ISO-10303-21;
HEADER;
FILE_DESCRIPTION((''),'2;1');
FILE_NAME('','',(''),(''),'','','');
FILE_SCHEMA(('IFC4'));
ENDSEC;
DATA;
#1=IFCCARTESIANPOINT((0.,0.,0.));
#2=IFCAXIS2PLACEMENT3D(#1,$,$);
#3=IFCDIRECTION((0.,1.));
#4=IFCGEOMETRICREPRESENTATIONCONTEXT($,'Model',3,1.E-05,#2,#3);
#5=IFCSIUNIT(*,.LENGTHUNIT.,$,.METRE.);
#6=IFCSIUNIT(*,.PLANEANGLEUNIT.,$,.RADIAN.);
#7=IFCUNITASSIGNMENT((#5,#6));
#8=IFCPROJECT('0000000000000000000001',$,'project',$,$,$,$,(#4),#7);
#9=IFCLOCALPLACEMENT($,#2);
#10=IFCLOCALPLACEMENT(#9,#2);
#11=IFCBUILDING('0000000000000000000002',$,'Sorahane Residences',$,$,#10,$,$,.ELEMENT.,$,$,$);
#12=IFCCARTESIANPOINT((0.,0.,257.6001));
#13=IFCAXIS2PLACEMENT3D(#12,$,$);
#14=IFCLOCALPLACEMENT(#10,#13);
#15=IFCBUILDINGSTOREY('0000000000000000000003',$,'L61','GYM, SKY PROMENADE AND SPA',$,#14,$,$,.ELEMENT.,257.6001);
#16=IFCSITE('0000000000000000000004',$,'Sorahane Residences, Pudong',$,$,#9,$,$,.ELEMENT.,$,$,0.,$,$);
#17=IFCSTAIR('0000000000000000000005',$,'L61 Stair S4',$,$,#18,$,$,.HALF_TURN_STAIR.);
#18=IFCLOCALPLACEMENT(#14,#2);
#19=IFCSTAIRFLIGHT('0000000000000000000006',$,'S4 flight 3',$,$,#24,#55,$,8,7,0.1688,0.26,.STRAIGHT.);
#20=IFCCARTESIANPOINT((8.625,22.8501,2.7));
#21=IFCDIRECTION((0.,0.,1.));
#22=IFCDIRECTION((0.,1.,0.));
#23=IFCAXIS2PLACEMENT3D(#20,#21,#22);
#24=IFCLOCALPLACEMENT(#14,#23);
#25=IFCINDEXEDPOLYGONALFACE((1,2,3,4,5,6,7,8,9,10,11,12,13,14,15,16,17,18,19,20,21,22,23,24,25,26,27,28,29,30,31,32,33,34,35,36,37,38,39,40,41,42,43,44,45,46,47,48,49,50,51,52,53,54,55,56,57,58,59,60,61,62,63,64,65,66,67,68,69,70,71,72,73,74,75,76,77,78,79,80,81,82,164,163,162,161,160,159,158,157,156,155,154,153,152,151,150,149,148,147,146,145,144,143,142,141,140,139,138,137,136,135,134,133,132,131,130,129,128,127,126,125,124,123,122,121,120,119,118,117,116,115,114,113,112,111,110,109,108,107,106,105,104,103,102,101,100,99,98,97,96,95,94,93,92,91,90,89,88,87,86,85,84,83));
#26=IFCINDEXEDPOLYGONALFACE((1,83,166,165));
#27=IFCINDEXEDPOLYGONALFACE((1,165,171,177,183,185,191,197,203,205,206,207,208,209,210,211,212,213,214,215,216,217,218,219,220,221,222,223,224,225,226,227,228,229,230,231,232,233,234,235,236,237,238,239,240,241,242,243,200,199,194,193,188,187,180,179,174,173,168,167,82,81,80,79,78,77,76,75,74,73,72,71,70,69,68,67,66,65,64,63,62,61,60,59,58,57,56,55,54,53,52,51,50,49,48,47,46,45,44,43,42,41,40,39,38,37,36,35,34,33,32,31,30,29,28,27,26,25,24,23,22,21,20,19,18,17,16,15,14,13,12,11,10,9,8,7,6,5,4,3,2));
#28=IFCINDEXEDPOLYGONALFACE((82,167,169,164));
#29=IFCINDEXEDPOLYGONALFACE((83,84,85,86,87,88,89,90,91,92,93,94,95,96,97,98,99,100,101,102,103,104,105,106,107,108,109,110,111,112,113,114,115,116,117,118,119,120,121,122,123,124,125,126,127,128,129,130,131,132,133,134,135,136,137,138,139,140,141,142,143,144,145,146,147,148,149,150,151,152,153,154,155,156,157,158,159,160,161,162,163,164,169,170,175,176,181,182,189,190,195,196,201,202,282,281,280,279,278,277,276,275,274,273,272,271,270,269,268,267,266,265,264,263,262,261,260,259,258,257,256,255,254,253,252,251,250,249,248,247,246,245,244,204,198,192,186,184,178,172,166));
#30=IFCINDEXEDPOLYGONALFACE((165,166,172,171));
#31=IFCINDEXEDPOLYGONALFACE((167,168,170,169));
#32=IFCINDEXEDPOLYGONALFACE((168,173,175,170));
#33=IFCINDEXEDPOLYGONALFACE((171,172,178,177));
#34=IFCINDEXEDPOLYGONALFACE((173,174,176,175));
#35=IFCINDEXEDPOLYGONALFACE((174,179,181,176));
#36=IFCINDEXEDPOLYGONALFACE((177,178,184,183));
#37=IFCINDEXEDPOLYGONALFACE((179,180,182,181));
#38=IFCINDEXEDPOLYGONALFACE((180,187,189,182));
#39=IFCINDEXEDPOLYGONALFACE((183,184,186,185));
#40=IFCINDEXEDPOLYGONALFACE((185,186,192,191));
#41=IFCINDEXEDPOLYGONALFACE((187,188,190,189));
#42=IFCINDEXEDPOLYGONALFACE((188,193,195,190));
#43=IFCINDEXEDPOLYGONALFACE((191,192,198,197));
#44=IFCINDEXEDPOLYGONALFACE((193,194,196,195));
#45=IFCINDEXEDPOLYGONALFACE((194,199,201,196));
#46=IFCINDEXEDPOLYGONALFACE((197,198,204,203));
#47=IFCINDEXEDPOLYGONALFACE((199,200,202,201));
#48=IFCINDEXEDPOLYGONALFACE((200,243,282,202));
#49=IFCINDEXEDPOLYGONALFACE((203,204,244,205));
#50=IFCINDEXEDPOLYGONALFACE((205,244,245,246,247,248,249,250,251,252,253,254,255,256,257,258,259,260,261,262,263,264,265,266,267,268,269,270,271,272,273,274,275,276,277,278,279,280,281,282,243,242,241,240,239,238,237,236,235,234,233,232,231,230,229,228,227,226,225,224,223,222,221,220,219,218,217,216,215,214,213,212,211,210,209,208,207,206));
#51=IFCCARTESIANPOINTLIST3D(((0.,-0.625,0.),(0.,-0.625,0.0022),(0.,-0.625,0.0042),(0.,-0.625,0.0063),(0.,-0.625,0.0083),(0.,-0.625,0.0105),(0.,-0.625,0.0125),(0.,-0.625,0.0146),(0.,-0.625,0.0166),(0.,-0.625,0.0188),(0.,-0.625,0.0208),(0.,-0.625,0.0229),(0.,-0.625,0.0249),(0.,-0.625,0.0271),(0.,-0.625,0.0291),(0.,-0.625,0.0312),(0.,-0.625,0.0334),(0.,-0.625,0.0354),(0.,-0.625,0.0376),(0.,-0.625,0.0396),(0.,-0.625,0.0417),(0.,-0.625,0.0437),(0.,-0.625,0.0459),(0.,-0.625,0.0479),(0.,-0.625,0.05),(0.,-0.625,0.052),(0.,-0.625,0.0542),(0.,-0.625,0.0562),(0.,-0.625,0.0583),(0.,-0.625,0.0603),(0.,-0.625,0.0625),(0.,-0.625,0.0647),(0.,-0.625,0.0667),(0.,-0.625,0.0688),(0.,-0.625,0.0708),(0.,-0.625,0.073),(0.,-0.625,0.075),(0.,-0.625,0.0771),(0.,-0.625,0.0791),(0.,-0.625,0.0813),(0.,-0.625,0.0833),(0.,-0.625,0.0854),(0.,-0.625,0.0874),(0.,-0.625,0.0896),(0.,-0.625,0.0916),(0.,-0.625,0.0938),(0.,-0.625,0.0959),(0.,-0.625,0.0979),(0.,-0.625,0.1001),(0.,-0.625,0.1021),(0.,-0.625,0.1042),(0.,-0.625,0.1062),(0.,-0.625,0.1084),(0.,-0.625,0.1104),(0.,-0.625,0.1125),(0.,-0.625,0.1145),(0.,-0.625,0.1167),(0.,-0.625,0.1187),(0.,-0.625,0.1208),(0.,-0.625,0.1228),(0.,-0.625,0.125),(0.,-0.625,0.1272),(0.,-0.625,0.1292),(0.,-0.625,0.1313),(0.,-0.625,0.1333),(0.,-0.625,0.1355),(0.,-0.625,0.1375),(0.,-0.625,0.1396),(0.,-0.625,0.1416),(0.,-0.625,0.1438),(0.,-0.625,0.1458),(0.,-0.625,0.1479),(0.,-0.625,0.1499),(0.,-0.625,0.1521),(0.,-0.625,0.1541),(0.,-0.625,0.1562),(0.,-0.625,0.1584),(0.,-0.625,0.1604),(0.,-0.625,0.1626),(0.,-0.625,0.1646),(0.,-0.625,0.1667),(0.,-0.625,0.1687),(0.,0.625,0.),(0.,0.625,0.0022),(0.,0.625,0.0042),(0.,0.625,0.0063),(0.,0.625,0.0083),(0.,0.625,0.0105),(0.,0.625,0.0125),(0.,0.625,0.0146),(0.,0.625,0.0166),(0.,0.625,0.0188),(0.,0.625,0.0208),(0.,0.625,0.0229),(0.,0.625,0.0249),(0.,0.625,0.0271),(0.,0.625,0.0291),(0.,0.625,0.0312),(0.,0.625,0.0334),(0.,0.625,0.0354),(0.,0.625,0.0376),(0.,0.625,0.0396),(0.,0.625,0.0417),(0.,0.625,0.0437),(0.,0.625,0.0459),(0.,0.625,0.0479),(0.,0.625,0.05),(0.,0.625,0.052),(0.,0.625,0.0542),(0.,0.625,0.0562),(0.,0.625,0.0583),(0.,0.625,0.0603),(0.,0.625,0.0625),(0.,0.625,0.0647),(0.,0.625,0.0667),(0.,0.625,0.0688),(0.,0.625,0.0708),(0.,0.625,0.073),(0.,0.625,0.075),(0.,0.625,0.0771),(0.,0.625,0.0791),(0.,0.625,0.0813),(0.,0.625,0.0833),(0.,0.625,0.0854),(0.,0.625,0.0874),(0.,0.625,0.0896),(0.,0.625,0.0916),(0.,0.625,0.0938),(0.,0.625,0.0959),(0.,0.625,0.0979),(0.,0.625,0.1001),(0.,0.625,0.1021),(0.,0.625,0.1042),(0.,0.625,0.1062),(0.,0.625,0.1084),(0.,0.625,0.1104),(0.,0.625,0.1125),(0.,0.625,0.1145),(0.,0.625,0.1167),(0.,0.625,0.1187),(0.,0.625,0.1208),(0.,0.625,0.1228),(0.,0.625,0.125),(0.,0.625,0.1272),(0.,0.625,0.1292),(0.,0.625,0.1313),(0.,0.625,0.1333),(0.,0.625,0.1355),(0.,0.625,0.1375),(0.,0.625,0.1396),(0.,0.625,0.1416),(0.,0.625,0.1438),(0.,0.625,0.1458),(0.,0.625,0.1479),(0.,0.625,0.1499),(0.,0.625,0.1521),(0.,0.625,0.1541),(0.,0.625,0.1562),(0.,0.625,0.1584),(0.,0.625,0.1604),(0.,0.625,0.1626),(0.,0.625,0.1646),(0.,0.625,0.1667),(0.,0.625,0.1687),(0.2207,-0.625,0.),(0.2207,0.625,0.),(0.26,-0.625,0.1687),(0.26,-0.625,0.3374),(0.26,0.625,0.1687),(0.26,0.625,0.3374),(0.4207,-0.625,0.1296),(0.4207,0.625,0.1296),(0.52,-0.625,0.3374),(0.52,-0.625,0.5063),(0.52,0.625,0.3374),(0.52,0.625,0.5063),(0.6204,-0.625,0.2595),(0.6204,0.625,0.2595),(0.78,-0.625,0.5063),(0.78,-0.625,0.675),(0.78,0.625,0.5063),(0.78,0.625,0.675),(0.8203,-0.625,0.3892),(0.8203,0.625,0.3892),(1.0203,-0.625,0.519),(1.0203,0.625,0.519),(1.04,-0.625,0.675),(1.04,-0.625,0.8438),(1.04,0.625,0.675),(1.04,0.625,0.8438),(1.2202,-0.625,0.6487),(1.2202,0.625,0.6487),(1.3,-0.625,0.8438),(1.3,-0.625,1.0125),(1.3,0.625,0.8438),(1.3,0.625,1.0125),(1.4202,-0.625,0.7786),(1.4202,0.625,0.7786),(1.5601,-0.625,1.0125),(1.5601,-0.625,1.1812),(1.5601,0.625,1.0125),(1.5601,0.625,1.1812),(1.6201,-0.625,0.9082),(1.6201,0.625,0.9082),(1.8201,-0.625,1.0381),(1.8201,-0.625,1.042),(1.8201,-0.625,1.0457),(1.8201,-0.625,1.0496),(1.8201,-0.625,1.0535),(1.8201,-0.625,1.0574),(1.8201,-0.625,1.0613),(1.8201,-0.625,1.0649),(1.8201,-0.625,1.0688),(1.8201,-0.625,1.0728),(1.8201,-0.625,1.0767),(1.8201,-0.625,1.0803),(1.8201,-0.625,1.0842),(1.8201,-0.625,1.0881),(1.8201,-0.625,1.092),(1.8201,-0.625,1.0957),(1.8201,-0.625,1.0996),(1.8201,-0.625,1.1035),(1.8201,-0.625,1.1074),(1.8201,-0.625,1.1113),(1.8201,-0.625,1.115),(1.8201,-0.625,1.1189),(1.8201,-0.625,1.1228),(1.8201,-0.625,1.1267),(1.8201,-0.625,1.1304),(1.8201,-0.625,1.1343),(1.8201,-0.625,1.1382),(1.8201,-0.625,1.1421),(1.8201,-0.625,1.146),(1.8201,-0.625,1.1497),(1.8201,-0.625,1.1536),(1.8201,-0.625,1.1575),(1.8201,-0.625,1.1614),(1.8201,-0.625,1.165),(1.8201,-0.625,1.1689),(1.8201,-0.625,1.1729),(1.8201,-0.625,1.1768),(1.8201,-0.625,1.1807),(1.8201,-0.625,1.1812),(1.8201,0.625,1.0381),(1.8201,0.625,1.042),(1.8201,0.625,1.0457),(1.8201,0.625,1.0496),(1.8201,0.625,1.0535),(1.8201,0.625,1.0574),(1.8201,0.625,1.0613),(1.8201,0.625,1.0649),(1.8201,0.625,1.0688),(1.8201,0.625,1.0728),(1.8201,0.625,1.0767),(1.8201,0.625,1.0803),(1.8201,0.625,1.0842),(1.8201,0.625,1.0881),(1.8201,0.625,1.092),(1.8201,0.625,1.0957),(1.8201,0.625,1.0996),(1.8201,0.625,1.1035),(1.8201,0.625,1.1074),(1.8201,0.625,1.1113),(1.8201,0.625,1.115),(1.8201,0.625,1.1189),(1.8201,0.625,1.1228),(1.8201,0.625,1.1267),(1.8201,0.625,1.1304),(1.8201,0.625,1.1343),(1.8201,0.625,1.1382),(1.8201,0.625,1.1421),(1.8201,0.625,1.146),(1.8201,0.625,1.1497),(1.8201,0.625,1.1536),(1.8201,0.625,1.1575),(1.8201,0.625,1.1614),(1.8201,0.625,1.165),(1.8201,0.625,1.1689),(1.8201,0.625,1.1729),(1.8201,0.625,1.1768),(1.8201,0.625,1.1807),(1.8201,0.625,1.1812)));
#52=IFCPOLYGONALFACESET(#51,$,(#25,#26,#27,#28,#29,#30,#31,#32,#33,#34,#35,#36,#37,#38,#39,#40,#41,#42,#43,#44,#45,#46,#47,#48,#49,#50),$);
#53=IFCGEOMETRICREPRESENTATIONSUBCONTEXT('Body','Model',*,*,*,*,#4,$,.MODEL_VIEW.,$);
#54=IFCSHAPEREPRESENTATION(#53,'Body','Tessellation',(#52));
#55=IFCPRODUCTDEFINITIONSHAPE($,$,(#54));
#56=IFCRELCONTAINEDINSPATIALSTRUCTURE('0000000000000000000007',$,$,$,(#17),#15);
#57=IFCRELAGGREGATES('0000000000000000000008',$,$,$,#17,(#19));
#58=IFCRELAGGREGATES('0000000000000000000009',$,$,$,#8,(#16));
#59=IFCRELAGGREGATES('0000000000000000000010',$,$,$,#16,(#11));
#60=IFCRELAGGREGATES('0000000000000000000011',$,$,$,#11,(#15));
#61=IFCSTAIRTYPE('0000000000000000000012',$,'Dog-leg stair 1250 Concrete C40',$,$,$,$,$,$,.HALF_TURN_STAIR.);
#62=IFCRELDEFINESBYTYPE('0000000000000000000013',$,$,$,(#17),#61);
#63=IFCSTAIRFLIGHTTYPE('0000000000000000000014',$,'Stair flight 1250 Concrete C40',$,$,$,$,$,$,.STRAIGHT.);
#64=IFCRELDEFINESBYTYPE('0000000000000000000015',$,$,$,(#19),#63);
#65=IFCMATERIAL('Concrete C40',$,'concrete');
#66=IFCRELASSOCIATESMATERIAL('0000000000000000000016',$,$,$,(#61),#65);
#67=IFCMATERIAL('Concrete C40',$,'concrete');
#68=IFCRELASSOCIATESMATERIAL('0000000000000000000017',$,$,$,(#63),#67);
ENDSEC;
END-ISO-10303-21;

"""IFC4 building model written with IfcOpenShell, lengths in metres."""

from ifc_helpers import new_model, si_unit, direction, frame, origin, place, context, subcontext, project, spatial, polyline, outline, extrude, material, type_object, element, aggregate, save


model = new_model("IFC4")

# Units and contexts
model_context = context("Model", 3, precision=1e-05, world=origin(), true_north=direction((0.0, 1.0)))
body_context = subcontext(model_context, "Body", "Model", "MODEL_VIEW")
ifc_project = project(units=[si_unit("LENGTHUNIT", "METRE"), si_unit("PLANEANGLEUNIT", "RADIAN")], contexts=[model_context])

# Site, building, storey
site_placement = place(None, origin())
site = spatial("IfcSite", under=ifc_project, at=site_placement, Name="Sorahane Residences, Pudong", CompositionType="ELEMENT", RefElevation=0.0)
building_placement = place(site_placement, origin())
building = spatial("IfcBuilding", under=site, at=building_placement, Name="Sorahane Residences", CompositionType="ELEMENT")
storey_placement = place(building_placement, frame((0.0, 0.0, 257.6001)))
storey = spatial("IfcBuildingStorey", under=building, at=storey_placement, Name="L61", Description="GYM, SKY PROMENADE AND SPA", CompositionType="ELEMENT", Elevation=257.6001)

# Stair, stair flight
ifc_material_1 = material(Name="Concrete C40", Category="concrete")
stair_type = type_object("IfcStairType", Name="Dog-leg stair 1250 Concrete C40", PredefinedType="HALF_TURN_STAIR", material=ifc_material_1)
stair_placement = place(storey_placement, origin())
stair = element("IfcStair", 1, at=stair_placement, inside=storey, type_object=stair_type, Name="L61 Stair S4", PredefinedType="HALF_TURN_STAIR")
ifc_material_2 = material(Name="Concrete C40", Category="concrete")
stair_flight_type = type_object("IfcStairFlightType", Name="Stair flight 1250 Concrete C40", PredefinedType="STRAIGHT", material=ifc_material_2)
stair_flight_1_placement = place(storey_placement, frame((8.625, 22.8501, 2.7), z_axis=(0.0, 0.0, 1.0), x_axis=(0.0, 1.0, 0.0)))
stair_flight_1 = element("IfcStairFlight", 2, at=stair_flight_1_placement, type_object=stair_flight_type, Name="S4 flight 3", NumberOfRisers=8, NumberOfTreads=7, PredefinedType="STRAIGHT", RiserHeight=0.1688, TreadLength=0.26, context=body_context, shape_type="SweptSolid", body=[
    extrude(outline(polyline([(0.0, 0.0), (0.0, 0.0022), (0.0, 0.0042), (0.0, 0.0063), (0.0, 0.0083), (0.0, 0.0105), (0.0, 0.0125), (0.0, 0.0146), (0.0, 0.0166), (0.0, 0.0188), (0.0, 0.0208), (0.0, 0.0229), (0.0, 0.0249), (0.0, 0.0271), (0.0, 0.0291), (0.0, 0.0312), (0.0, 0.0334), (0.0, 0.0354), (0.0, 0.0376), (0.0, 0.0396), (0.0, 0.0417), (0.0, 0.0437), (0.0, 0.0459), (0.0, 0.0479), (0.0, 0.05), (0.0, 0.052), (0.0, 0.0542), (0.0, 0.0562), (0.0, 0.0583), (0.0, 0.0603), (0.0, 0.0625), (0.0, 0.0647), (0.0, 0.0667), (0.0, 0.0688), (0.0, 0.0708), (0.0, 0.073), (0.0, 0.075), (0.0, 0.0771), (0.0, 0.0791), (0.0, 0.0813), (0.0, 0.0833), (0.0, 0.0854), (0.0, 0.0874), (0.0, 0.0896), (0.0, 0.0916), (0.0, 0.0938), (0.0, 0.0959), (0.0, 0.0979), (0.0, 0.1001), (0.0, 0.1021), (0.0, 0.1042), (0.0, 0.1062), (0.0, 0.1084), (0.0, 0.1104), (0.0, 0.1125), (0.0, 0.1145), (0.0, 0.1167), (0.0, 0.1187), (0.0, 0.1208), (0.0, 0.1228), (0.0, 0.125), (0.0, 0.1272), (0.0, 0.1292), (0.0, 0.1313), (0.0, 0.1333), (0.0, 0.1355), (0.0, 0.1375), (0.0, 0.1396), (0.0, 0.1416), (0.0, 0.1438), (0.0, 0.1458), (0.0, 0.1479), (0.0, 0.1499), (0.0, 0.1521), (0.0, 0.1541), (0.0, 0.1562), (0.0, 0.1584), (0.0, 0.1604), (0.0, 0.1626), (0.0, 0.1646), (0.0, 0.1667), (0.0, 0.1687), (0.26, 0.1687), (0.26, 0.3374), (0.52, 0.3374), (0.52, 0.5063), (0.78, 0.5063), (0.78, 0.675), (1.04, 0.675), (1.04, 0.8438), (1.3, 0.8438), (1.3, 1.0125), (1.5601, 1.0125), (1.5601, 1.1812), (1.8201, 1.1812), (1.8201, 1.3501), (1.8201, 1.3462), (1.8201, 1.3423), (1.8201, 1.3384), (1.8201, 1.3347), (1.8201, 1.3308), (1.8201, 1.3269), (1.8201, 1.323), (1.8201, 1.3191), (1.8201, 1.3154), (1.8201, 1.3115), (1.8201, 1.3076), (1.8201, 1.3037), (1.8201, 1.3), (1.8201, 1.2961), (1.8201, 1.2922), (1.8201, 1.2883), (1.8201, 1.2844), (1.8201, 1.2808), (1.8201, 1.2769), (1.8201, 1.2729), (1.8201, 1.269), (1.8201, 1.2654), (1.8201, 1.2615), (1.8201, 1.2576), (1.8201, 1.2537), (1.8201, 1.2498), (1.8201, 1.2461), (1.8201, 1.2422), (1.8201, 1.2383), (1.8201, 1.2344), (1.8201, 1.2307), (1.8201, 1.2268), (1.8201, 1.2229), (1.8201, 1.219), (1.8201, 1.2151), (1.8201, 1.2114), (1.8201, 1.2075), (1.8201, 1.2036), (1.8201, 1.1997), (1.8201, 1.196), (1.8201, 1.1921), (1.8201, 1.1882), (1.8201, 1.1843), (1.8201, 1.1807), (1.8201, 1.1768), (1.8201, 1.1729), (1.8201, 1.1689), (1.8201, 1.165), (1.8201, 1.1614), (1.8201, 1.1575), (1.8201, 1.1536), (1.8201, 1.1497), (1.8201, 1.146), (1.8201, 1.1421), (1.8201, 1.1382), (1.8201, 1.1343), (1.8201, 1.1304), (1.8201, 1.1267), (1.8201, 1.1228), (1.8201, 1.1189), (1.8201, 1.115), (1.8201, 1.1113), (1.8201, 1.1074), (1.8201, 1.1035), (1.8201, 1.0996), (1.8201, 1.0957), (1.8201, 1.092), (1.8201, 1.0881), (1.8201, 1.0842), (1.8201, 1.0803), (1.8201, 1.0767), (1.8201, 1.0728), (1.8201, 1.0688), (1.8201, 1.0649), (1.8201, 1.0613), (1.8201, 1.0574), (1.8201, 1.0535), (1.8201, 1.0496), (1.8201, 1.0457), (1.8201, 1.042), (1.8201, 1.0381), (1.6201, 0.9082), (1.4202, 0.7786), (1.2202, 0.6487), (1.0203, 0.519), (0.8203, 0.3892), (0.6204, 0.2595), (0.4207, 0.1296), (0.2207, 0.0), (0.0, 0.0)])), frame((0.0, 0.625, 0.0), z_axis=(0.0, -1.0, 0.0), x_axis=(1.0, 0.0, 0.0)), (0.0, 0.0, 1.0), 1.25),
])
aggregate(stair, [stair_flight_1])

save(model, "model.ifc")
